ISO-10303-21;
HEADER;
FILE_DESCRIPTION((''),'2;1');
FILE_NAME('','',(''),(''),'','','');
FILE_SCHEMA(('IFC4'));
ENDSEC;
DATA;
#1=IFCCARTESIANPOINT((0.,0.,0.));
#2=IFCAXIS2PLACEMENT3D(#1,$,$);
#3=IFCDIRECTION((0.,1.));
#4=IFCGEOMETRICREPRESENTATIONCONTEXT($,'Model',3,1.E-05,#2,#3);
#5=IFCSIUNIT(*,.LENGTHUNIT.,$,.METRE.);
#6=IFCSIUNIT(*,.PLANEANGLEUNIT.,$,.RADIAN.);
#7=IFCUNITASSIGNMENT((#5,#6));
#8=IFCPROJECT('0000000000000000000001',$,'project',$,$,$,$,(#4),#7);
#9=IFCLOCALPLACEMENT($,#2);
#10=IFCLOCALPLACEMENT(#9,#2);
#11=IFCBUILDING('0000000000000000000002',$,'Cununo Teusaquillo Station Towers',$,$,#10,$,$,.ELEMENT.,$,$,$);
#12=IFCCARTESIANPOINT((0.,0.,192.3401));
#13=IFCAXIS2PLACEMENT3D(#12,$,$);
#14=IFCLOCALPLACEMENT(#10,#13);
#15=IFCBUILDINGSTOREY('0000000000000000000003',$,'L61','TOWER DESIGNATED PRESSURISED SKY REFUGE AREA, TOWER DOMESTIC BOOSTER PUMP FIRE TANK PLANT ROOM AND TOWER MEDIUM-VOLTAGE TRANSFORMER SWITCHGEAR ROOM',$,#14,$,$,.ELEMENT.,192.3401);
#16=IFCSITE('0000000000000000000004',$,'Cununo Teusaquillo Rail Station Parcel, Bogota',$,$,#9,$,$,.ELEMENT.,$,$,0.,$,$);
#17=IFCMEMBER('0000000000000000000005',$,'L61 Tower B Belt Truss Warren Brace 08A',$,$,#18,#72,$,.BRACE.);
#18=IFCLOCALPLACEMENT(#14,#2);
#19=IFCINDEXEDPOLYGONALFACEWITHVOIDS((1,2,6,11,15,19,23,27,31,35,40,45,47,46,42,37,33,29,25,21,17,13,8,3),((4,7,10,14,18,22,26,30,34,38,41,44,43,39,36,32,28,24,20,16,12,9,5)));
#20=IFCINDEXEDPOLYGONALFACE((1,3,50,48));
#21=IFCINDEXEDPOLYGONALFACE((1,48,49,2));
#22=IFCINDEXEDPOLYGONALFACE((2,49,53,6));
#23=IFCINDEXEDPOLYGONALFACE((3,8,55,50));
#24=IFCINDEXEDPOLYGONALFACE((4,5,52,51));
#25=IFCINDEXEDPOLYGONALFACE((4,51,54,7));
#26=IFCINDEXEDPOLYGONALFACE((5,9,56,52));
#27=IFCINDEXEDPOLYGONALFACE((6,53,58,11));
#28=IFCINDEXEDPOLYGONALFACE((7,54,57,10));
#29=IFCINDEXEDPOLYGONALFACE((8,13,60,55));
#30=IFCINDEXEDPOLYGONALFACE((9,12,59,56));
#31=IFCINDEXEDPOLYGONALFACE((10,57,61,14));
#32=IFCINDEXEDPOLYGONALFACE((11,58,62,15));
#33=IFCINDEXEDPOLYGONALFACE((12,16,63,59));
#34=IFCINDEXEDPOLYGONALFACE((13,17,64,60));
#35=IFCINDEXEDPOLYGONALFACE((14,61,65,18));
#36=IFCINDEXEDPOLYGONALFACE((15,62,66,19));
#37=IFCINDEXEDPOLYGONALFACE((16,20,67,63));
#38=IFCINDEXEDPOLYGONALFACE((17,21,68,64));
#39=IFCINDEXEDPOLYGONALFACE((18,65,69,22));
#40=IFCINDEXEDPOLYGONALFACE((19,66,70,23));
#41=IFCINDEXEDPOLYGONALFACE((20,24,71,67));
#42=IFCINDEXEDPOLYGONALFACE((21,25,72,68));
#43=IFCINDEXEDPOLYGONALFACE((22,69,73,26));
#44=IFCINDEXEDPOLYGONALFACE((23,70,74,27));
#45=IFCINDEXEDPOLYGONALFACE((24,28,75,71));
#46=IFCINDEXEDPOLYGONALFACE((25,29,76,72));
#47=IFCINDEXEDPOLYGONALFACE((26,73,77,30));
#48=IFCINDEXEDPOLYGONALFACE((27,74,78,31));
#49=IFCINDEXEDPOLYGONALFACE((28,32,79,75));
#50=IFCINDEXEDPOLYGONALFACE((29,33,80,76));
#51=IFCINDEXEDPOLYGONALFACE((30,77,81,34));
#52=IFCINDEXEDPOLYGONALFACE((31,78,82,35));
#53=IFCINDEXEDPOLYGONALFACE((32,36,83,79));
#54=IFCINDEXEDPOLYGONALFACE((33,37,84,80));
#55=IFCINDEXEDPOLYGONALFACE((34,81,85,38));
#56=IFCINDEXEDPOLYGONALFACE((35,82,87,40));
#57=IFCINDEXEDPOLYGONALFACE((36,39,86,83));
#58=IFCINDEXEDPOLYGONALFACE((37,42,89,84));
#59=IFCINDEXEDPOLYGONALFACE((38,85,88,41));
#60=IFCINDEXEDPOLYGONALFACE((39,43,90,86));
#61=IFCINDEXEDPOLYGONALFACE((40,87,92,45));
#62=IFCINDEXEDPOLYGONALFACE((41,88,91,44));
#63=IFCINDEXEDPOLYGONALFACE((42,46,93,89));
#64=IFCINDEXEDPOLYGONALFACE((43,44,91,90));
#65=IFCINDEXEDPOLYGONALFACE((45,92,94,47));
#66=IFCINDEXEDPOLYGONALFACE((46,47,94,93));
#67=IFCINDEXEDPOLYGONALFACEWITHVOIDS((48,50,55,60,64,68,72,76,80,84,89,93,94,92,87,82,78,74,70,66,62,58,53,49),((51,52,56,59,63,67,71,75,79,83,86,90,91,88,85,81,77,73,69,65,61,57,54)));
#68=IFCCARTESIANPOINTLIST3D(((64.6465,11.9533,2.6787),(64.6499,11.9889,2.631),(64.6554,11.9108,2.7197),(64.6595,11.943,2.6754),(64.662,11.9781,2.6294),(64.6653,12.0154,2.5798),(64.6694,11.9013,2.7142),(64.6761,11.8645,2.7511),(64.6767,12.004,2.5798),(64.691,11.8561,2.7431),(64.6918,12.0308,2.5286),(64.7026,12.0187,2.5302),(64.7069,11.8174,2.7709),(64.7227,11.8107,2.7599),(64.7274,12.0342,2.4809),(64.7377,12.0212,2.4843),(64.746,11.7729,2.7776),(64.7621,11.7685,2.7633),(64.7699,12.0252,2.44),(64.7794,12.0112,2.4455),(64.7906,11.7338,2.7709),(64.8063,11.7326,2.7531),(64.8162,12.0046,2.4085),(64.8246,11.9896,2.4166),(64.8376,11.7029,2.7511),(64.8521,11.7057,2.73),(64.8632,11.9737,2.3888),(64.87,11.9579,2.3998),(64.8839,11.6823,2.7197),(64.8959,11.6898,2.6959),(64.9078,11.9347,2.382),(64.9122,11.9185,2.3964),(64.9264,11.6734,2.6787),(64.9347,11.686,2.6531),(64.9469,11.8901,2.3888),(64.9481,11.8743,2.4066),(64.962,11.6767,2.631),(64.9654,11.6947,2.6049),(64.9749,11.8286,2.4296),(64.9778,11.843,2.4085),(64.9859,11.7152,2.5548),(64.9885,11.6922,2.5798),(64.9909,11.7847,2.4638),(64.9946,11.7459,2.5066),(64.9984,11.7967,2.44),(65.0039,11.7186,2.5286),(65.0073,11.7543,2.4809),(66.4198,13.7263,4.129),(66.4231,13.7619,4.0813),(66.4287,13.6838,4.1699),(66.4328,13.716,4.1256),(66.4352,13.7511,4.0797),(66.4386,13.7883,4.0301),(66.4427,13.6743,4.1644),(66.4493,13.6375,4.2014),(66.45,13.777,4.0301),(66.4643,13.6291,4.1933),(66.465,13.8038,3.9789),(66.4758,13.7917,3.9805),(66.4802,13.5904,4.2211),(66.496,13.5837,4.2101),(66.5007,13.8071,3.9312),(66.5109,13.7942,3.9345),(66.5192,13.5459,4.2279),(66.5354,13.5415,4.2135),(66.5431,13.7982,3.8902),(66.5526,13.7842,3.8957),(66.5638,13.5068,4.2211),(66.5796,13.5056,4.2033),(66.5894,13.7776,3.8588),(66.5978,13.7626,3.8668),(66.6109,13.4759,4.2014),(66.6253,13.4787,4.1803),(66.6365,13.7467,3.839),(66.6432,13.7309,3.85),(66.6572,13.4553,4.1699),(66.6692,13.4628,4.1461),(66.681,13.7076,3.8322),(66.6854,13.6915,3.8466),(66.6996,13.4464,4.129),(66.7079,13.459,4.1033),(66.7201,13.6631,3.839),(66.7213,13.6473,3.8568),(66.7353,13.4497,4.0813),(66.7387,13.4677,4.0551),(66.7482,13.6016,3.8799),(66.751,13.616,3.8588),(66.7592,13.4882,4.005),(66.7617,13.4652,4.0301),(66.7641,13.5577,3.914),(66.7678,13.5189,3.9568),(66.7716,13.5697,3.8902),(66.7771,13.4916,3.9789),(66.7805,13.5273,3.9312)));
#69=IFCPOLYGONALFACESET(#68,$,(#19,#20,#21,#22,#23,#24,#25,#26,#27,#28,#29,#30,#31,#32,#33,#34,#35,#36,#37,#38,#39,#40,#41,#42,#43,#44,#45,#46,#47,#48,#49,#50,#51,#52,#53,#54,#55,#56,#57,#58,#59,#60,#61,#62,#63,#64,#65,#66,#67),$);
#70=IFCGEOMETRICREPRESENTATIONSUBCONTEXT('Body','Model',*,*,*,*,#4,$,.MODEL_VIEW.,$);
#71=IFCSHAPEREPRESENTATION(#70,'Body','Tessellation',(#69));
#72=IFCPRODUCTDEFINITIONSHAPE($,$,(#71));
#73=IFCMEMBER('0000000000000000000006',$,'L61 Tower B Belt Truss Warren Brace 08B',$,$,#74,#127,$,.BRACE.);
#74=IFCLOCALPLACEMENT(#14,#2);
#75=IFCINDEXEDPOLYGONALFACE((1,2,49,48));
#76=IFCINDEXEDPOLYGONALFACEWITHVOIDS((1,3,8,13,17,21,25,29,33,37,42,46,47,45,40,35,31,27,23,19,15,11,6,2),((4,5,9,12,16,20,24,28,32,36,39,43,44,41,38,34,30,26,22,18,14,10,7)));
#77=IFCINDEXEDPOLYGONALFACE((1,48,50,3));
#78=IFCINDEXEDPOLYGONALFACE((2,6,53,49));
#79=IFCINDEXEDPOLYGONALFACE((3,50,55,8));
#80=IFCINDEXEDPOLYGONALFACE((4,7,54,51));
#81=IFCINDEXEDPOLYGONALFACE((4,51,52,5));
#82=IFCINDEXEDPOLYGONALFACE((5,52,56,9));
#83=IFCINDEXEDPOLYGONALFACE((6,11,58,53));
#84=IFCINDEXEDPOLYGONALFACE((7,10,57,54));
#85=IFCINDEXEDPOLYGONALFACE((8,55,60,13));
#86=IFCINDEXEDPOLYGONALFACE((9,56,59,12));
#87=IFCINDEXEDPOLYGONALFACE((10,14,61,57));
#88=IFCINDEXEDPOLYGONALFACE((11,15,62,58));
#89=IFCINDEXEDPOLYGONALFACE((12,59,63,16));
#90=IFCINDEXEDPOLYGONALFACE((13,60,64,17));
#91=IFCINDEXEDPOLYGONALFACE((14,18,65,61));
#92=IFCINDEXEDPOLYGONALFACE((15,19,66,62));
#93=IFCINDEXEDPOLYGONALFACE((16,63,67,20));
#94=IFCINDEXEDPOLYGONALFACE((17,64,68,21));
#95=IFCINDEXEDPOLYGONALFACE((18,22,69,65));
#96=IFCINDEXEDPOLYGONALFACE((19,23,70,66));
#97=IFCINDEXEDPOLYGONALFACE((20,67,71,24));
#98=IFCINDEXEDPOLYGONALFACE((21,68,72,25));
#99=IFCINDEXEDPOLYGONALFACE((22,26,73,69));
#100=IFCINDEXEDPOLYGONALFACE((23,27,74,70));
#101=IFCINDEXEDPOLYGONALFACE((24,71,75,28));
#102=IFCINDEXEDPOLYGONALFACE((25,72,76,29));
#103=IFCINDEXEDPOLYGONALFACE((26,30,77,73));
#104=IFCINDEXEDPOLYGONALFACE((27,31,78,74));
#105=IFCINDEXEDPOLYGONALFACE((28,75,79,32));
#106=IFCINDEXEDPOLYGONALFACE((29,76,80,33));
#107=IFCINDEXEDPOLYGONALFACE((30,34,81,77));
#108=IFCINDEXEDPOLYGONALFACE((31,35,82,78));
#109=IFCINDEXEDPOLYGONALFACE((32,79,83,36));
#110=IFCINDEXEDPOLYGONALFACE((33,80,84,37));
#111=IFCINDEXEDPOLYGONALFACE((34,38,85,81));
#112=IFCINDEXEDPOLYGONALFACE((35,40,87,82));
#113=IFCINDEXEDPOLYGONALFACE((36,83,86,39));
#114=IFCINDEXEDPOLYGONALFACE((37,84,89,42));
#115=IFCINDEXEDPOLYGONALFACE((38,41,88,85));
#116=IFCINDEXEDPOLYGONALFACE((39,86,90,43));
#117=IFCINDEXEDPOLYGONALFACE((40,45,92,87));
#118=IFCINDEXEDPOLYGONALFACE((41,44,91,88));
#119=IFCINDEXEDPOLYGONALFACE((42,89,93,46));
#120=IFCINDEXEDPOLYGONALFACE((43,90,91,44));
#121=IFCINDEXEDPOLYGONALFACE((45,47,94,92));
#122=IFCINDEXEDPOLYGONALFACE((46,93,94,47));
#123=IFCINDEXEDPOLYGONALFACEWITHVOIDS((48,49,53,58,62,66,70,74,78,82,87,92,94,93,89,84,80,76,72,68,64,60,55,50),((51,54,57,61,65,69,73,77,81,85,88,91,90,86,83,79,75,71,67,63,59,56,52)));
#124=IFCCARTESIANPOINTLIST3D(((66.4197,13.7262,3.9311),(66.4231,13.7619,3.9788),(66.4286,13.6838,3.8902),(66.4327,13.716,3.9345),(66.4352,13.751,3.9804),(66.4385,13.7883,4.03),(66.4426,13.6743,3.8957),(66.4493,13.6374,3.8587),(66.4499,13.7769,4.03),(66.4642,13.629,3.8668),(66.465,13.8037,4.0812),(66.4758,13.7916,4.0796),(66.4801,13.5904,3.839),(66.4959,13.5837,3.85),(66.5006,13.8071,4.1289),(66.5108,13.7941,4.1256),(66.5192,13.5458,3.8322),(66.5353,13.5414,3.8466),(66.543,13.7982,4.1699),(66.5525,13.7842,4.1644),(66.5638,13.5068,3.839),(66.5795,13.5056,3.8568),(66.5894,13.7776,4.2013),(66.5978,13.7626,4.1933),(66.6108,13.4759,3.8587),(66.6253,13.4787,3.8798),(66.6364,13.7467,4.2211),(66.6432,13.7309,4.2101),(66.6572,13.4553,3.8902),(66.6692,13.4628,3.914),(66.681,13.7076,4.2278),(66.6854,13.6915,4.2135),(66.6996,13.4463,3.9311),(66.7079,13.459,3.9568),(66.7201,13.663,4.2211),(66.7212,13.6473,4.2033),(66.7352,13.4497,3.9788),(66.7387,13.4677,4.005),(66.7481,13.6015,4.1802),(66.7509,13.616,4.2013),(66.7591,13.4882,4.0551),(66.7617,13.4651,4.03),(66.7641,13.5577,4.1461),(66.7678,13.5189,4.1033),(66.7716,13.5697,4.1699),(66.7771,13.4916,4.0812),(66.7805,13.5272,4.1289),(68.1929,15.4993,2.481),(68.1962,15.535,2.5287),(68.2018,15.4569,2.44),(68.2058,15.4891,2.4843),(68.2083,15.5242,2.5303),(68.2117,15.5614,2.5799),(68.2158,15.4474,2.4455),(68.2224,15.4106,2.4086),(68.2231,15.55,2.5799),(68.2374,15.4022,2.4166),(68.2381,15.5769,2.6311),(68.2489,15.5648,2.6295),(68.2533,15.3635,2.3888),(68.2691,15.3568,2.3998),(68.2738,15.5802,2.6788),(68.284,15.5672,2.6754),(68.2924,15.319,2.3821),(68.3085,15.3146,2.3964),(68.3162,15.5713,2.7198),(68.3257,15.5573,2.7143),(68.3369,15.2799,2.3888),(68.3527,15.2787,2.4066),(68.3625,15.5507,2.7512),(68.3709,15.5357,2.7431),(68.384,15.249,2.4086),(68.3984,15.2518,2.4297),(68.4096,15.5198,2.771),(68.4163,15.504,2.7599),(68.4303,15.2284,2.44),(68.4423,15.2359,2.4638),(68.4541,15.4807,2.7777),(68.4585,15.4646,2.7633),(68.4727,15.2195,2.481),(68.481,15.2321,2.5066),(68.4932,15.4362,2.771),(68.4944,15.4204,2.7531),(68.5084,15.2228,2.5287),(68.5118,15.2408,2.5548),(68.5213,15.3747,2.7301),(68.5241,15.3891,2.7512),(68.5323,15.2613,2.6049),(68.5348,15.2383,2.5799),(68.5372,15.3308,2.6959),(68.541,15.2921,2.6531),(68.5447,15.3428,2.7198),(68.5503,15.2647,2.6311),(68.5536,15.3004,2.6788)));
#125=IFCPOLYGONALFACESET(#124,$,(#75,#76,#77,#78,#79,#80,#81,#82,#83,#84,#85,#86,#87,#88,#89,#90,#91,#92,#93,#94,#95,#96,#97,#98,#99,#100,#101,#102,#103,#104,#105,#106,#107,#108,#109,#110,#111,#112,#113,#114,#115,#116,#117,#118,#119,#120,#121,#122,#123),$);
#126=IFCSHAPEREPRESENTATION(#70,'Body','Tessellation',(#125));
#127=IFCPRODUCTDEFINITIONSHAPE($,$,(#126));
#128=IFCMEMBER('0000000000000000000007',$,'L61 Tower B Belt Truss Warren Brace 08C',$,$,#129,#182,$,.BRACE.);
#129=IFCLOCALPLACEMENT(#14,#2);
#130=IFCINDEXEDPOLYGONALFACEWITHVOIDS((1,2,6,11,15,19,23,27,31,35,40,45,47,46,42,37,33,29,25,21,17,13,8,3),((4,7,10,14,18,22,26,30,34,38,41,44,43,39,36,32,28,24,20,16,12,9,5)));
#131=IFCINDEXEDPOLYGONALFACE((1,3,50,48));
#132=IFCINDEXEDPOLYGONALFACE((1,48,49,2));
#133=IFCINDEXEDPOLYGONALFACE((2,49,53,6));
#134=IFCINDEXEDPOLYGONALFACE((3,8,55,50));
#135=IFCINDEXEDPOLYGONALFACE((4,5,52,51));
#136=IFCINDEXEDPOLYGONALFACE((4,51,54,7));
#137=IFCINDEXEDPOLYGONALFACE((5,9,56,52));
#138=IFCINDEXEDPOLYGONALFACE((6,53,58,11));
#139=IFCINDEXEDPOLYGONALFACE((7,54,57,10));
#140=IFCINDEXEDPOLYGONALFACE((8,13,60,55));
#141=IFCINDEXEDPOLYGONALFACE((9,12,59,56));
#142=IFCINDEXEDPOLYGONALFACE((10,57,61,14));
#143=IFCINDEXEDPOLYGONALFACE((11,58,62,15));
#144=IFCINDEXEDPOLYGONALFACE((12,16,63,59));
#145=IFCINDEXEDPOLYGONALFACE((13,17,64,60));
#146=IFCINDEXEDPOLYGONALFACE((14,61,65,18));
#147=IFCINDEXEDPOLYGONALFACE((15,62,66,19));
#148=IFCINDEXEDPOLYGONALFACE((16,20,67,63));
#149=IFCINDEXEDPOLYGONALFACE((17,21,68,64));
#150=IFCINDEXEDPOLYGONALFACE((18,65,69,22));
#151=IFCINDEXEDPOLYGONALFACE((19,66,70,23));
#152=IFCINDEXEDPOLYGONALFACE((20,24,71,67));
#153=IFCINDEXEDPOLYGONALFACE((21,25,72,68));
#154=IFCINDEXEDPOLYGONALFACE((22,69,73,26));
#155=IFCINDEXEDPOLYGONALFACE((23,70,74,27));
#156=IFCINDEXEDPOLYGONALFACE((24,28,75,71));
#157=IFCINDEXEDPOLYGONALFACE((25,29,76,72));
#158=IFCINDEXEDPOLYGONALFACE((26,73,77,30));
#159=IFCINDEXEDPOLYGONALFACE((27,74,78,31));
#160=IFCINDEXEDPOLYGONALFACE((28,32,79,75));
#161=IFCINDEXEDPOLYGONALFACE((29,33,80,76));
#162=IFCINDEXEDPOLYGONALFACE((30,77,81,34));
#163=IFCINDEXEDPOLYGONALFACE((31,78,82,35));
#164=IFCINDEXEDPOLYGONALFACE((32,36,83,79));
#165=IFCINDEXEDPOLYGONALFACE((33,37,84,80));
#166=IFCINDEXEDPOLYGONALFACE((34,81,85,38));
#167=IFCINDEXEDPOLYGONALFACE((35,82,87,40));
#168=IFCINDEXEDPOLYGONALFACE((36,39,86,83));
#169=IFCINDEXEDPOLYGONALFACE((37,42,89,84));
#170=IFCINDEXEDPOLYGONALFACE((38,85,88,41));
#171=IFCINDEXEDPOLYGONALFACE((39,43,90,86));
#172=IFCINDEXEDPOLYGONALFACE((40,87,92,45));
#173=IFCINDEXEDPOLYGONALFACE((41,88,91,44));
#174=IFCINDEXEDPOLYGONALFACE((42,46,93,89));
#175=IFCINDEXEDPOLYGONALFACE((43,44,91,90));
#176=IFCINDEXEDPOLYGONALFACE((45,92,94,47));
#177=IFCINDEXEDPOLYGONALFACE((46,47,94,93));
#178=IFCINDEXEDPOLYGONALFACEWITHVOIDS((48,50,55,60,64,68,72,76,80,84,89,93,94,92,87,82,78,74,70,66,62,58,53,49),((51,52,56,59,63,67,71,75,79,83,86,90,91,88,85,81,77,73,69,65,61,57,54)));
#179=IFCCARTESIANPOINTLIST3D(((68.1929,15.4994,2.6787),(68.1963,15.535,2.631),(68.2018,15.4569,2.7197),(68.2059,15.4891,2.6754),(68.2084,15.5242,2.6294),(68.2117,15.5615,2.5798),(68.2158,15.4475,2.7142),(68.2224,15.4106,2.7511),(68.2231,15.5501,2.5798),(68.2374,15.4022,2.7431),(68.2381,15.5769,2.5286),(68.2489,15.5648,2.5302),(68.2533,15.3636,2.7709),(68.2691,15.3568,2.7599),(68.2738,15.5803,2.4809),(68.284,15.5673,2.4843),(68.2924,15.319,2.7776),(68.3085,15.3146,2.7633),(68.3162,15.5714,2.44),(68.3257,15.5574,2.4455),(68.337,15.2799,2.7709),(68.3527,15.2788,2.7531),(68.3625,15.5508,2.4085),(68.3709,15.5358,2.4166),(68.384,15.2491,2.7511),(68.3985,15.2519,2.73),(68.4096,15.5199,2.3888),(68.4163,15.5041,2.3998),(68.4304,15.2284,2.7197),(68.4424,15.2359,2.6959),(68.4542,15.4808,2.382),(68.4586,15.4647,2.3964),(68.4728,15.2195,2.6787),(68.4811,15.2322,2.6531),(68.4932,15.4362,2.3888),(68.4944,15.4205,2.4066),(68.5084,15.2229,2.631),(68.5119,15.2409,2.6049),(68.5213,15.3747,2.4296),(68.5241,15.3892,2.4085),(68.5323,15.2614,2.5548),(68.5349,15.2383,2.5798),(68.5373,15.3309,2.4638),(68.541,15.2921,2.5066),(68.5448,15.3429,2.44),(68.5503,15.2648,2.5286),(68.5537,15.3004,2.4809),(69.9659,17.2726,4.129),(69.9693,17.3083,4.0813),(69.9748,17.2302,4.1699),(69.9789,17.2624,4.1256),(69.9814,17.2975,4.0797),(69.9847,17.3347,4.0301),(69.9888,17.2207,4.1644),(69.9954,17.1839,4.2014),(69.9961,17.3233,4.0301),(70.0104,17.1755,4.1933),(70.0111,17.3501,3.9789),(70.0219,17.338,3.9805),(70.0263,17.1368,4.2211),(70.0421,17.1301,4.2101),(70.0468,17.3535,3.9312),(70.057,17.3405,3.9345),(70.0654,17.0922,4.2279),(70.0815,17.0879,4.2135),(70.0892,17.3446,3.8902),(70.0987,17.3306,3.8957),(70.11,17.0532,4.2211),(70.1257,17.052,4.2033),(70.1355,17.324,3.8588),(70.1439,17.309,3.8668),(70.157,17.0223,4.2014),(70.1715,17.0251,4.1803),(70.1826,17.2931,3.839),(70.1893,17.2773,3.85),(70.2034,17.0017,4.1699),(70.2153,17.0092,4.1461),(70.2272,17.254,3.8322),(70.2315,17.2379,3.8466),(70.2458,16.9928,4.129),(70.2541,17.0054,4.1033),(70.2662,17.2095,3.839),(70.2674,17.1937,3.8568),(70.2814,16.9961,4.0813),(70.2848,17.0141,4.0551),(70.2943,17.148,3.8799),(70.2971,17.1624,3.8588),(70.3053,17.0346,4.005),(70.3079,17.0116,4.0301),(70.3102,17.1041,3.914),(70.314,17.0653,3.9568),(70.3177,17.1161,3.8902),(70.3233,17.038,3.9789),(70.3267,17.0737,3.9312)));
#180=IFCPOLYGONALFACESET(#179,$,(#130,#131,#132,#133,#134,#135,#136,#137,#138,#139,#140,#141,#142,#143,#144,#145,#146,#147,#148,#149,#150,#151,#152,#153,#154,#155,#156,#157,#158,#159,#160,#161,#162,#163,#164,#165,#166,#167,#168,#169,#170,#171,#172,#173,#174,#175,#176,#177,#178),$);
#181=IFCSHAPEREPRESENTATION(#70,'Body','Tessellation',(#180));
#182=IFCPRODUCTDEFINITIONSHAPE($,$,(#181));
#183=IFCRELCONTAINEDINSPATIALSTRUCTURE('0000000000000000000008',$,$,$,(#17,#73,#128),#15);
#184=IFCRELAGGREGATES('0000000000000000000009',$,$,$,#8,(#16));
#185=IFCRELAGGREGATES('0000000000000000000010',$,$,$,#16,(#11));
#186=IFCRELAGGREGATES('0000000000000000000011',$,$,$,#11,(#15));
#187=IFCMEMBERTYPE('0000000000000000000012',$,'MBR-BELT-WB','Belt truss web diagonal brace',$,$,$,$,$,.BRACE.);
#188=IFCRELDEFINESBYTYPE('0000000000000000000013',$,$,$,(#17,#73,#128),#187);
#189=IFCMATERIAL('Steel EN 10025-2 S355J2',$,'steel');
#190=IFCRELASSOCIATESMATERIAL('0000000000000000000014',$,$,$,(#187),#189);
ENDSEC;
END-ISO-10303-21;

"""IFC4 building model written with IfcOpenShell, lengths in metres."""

from ifc_helpers import new_model, si_unit, direction, frame, origin, origin_2d, place, context, subcontext, project, spatial, hollow_circle, extrude, material, material_profile, profile_set, type_object, element, save


model = new_model("IFC4")

# Units and contexts
model_context = context("Model", 3, precision=1e-05, world=origin(), true_north=direction((0.0, 1.0)))
body_context = subcontext(model_context, "Body", "Model", "MODEL_VIEW")
ifc_project = project(units=[si_unit("LENGTHUNIT", "METRE"), si_unit("PLANEANGLEUNIT", "RADIAN")], contexts=[model_context])

# Site, building, storey
site_placement = place(None, origin())
site = spatial("IfcSite", under=ifc_project, at=site_placement, Name="Cununo Teusaquillo Rail Station Parcel, Bogota", CompositionType="ELEMENT", RefElevation=0.0)
building_placement = place(site_placement, origin())
building = spatial("IfcBuilding", under=site, at=building_placement, Name="Cununo Teusaquillo Station Towers", CompositionType="ELEMENT")
storey_placement = place(building_placement, frame((0.0, 0.0, 192.3401)))
storey = spatial("IfcBuildingStorey", under=building, at=storey_placement, Name="L61", Description="TOWER DESIGNATED PRESSURISED SKY REFUGE AREA, TOWER DOMESTIC BOOSTER PUMP FIRE TANK PLANT ROOM AND TOWER MEDIUM-VOLTAGE TRANSFORMER SWITCHGEAR ROOM", CompositionType="ELEMENT", Elevation=192.3401)

# Members
ifc_material_1 = material(Name="Steel EN 10025-2 S355J2", Category="steel")
ifc_material_profile_1 = material_profile(ifc_material_1, hollow_circle(Radius=0.2285, WallThickness=0.0161, at=origin_2d()), Name="CHS 457x16")
ifc_profile_set_1 = profile_set([ifc_material_profile_1], Name="Steel EN 10025-2 S355J2")
member_type_1 = type_object("IfcMemberType", Name="MBR-BELT-WB", Description="Belt truss web diagonal brace", PredefinedType="BRACE", material=ifc_profile_set_1)
for number, where, z_axis, x_axis, name in (
    (1, (64.8269, 11.8538, 2.5798), (0.612151, 0.612067, 0.500644), (-0.707058, 0.707155, 0.0), "L61 Tower B Belt Truss Warren Brace 08A"),
    (2, (66.6001, 13.6267, 4.03), (0.61212, 0.61212, -0.500618), (-0.707107, 0.707107, 0.0), "L61 Tower B Belt Truss Warren Brace 08B"),
    (3, (68.3733, 15.3999, 2.5798), (0.612067, 0.612151, 0.500644), (-0.707155, 0.707058, 0.0), "L61 Tower B Belt Truss Warren Brace 08C"),
):
    element("IfcMember", number, at=place(storey_placement, frame(where, z_axis=z_axis, x_axis=x_axis)), inside=storey, type_object=member_type_1, Name=name, PredefinedType="BRACE", context=body_context, shape_type="SweptSolid", body=[
        extrude(hollow_circle(Radius=0.2285, WallThickness=0.0161, at=origin_2d()), origin(), (0.0, 0.0, 1.0), 2.8967),
    ])

save(model, "model.ifc")
